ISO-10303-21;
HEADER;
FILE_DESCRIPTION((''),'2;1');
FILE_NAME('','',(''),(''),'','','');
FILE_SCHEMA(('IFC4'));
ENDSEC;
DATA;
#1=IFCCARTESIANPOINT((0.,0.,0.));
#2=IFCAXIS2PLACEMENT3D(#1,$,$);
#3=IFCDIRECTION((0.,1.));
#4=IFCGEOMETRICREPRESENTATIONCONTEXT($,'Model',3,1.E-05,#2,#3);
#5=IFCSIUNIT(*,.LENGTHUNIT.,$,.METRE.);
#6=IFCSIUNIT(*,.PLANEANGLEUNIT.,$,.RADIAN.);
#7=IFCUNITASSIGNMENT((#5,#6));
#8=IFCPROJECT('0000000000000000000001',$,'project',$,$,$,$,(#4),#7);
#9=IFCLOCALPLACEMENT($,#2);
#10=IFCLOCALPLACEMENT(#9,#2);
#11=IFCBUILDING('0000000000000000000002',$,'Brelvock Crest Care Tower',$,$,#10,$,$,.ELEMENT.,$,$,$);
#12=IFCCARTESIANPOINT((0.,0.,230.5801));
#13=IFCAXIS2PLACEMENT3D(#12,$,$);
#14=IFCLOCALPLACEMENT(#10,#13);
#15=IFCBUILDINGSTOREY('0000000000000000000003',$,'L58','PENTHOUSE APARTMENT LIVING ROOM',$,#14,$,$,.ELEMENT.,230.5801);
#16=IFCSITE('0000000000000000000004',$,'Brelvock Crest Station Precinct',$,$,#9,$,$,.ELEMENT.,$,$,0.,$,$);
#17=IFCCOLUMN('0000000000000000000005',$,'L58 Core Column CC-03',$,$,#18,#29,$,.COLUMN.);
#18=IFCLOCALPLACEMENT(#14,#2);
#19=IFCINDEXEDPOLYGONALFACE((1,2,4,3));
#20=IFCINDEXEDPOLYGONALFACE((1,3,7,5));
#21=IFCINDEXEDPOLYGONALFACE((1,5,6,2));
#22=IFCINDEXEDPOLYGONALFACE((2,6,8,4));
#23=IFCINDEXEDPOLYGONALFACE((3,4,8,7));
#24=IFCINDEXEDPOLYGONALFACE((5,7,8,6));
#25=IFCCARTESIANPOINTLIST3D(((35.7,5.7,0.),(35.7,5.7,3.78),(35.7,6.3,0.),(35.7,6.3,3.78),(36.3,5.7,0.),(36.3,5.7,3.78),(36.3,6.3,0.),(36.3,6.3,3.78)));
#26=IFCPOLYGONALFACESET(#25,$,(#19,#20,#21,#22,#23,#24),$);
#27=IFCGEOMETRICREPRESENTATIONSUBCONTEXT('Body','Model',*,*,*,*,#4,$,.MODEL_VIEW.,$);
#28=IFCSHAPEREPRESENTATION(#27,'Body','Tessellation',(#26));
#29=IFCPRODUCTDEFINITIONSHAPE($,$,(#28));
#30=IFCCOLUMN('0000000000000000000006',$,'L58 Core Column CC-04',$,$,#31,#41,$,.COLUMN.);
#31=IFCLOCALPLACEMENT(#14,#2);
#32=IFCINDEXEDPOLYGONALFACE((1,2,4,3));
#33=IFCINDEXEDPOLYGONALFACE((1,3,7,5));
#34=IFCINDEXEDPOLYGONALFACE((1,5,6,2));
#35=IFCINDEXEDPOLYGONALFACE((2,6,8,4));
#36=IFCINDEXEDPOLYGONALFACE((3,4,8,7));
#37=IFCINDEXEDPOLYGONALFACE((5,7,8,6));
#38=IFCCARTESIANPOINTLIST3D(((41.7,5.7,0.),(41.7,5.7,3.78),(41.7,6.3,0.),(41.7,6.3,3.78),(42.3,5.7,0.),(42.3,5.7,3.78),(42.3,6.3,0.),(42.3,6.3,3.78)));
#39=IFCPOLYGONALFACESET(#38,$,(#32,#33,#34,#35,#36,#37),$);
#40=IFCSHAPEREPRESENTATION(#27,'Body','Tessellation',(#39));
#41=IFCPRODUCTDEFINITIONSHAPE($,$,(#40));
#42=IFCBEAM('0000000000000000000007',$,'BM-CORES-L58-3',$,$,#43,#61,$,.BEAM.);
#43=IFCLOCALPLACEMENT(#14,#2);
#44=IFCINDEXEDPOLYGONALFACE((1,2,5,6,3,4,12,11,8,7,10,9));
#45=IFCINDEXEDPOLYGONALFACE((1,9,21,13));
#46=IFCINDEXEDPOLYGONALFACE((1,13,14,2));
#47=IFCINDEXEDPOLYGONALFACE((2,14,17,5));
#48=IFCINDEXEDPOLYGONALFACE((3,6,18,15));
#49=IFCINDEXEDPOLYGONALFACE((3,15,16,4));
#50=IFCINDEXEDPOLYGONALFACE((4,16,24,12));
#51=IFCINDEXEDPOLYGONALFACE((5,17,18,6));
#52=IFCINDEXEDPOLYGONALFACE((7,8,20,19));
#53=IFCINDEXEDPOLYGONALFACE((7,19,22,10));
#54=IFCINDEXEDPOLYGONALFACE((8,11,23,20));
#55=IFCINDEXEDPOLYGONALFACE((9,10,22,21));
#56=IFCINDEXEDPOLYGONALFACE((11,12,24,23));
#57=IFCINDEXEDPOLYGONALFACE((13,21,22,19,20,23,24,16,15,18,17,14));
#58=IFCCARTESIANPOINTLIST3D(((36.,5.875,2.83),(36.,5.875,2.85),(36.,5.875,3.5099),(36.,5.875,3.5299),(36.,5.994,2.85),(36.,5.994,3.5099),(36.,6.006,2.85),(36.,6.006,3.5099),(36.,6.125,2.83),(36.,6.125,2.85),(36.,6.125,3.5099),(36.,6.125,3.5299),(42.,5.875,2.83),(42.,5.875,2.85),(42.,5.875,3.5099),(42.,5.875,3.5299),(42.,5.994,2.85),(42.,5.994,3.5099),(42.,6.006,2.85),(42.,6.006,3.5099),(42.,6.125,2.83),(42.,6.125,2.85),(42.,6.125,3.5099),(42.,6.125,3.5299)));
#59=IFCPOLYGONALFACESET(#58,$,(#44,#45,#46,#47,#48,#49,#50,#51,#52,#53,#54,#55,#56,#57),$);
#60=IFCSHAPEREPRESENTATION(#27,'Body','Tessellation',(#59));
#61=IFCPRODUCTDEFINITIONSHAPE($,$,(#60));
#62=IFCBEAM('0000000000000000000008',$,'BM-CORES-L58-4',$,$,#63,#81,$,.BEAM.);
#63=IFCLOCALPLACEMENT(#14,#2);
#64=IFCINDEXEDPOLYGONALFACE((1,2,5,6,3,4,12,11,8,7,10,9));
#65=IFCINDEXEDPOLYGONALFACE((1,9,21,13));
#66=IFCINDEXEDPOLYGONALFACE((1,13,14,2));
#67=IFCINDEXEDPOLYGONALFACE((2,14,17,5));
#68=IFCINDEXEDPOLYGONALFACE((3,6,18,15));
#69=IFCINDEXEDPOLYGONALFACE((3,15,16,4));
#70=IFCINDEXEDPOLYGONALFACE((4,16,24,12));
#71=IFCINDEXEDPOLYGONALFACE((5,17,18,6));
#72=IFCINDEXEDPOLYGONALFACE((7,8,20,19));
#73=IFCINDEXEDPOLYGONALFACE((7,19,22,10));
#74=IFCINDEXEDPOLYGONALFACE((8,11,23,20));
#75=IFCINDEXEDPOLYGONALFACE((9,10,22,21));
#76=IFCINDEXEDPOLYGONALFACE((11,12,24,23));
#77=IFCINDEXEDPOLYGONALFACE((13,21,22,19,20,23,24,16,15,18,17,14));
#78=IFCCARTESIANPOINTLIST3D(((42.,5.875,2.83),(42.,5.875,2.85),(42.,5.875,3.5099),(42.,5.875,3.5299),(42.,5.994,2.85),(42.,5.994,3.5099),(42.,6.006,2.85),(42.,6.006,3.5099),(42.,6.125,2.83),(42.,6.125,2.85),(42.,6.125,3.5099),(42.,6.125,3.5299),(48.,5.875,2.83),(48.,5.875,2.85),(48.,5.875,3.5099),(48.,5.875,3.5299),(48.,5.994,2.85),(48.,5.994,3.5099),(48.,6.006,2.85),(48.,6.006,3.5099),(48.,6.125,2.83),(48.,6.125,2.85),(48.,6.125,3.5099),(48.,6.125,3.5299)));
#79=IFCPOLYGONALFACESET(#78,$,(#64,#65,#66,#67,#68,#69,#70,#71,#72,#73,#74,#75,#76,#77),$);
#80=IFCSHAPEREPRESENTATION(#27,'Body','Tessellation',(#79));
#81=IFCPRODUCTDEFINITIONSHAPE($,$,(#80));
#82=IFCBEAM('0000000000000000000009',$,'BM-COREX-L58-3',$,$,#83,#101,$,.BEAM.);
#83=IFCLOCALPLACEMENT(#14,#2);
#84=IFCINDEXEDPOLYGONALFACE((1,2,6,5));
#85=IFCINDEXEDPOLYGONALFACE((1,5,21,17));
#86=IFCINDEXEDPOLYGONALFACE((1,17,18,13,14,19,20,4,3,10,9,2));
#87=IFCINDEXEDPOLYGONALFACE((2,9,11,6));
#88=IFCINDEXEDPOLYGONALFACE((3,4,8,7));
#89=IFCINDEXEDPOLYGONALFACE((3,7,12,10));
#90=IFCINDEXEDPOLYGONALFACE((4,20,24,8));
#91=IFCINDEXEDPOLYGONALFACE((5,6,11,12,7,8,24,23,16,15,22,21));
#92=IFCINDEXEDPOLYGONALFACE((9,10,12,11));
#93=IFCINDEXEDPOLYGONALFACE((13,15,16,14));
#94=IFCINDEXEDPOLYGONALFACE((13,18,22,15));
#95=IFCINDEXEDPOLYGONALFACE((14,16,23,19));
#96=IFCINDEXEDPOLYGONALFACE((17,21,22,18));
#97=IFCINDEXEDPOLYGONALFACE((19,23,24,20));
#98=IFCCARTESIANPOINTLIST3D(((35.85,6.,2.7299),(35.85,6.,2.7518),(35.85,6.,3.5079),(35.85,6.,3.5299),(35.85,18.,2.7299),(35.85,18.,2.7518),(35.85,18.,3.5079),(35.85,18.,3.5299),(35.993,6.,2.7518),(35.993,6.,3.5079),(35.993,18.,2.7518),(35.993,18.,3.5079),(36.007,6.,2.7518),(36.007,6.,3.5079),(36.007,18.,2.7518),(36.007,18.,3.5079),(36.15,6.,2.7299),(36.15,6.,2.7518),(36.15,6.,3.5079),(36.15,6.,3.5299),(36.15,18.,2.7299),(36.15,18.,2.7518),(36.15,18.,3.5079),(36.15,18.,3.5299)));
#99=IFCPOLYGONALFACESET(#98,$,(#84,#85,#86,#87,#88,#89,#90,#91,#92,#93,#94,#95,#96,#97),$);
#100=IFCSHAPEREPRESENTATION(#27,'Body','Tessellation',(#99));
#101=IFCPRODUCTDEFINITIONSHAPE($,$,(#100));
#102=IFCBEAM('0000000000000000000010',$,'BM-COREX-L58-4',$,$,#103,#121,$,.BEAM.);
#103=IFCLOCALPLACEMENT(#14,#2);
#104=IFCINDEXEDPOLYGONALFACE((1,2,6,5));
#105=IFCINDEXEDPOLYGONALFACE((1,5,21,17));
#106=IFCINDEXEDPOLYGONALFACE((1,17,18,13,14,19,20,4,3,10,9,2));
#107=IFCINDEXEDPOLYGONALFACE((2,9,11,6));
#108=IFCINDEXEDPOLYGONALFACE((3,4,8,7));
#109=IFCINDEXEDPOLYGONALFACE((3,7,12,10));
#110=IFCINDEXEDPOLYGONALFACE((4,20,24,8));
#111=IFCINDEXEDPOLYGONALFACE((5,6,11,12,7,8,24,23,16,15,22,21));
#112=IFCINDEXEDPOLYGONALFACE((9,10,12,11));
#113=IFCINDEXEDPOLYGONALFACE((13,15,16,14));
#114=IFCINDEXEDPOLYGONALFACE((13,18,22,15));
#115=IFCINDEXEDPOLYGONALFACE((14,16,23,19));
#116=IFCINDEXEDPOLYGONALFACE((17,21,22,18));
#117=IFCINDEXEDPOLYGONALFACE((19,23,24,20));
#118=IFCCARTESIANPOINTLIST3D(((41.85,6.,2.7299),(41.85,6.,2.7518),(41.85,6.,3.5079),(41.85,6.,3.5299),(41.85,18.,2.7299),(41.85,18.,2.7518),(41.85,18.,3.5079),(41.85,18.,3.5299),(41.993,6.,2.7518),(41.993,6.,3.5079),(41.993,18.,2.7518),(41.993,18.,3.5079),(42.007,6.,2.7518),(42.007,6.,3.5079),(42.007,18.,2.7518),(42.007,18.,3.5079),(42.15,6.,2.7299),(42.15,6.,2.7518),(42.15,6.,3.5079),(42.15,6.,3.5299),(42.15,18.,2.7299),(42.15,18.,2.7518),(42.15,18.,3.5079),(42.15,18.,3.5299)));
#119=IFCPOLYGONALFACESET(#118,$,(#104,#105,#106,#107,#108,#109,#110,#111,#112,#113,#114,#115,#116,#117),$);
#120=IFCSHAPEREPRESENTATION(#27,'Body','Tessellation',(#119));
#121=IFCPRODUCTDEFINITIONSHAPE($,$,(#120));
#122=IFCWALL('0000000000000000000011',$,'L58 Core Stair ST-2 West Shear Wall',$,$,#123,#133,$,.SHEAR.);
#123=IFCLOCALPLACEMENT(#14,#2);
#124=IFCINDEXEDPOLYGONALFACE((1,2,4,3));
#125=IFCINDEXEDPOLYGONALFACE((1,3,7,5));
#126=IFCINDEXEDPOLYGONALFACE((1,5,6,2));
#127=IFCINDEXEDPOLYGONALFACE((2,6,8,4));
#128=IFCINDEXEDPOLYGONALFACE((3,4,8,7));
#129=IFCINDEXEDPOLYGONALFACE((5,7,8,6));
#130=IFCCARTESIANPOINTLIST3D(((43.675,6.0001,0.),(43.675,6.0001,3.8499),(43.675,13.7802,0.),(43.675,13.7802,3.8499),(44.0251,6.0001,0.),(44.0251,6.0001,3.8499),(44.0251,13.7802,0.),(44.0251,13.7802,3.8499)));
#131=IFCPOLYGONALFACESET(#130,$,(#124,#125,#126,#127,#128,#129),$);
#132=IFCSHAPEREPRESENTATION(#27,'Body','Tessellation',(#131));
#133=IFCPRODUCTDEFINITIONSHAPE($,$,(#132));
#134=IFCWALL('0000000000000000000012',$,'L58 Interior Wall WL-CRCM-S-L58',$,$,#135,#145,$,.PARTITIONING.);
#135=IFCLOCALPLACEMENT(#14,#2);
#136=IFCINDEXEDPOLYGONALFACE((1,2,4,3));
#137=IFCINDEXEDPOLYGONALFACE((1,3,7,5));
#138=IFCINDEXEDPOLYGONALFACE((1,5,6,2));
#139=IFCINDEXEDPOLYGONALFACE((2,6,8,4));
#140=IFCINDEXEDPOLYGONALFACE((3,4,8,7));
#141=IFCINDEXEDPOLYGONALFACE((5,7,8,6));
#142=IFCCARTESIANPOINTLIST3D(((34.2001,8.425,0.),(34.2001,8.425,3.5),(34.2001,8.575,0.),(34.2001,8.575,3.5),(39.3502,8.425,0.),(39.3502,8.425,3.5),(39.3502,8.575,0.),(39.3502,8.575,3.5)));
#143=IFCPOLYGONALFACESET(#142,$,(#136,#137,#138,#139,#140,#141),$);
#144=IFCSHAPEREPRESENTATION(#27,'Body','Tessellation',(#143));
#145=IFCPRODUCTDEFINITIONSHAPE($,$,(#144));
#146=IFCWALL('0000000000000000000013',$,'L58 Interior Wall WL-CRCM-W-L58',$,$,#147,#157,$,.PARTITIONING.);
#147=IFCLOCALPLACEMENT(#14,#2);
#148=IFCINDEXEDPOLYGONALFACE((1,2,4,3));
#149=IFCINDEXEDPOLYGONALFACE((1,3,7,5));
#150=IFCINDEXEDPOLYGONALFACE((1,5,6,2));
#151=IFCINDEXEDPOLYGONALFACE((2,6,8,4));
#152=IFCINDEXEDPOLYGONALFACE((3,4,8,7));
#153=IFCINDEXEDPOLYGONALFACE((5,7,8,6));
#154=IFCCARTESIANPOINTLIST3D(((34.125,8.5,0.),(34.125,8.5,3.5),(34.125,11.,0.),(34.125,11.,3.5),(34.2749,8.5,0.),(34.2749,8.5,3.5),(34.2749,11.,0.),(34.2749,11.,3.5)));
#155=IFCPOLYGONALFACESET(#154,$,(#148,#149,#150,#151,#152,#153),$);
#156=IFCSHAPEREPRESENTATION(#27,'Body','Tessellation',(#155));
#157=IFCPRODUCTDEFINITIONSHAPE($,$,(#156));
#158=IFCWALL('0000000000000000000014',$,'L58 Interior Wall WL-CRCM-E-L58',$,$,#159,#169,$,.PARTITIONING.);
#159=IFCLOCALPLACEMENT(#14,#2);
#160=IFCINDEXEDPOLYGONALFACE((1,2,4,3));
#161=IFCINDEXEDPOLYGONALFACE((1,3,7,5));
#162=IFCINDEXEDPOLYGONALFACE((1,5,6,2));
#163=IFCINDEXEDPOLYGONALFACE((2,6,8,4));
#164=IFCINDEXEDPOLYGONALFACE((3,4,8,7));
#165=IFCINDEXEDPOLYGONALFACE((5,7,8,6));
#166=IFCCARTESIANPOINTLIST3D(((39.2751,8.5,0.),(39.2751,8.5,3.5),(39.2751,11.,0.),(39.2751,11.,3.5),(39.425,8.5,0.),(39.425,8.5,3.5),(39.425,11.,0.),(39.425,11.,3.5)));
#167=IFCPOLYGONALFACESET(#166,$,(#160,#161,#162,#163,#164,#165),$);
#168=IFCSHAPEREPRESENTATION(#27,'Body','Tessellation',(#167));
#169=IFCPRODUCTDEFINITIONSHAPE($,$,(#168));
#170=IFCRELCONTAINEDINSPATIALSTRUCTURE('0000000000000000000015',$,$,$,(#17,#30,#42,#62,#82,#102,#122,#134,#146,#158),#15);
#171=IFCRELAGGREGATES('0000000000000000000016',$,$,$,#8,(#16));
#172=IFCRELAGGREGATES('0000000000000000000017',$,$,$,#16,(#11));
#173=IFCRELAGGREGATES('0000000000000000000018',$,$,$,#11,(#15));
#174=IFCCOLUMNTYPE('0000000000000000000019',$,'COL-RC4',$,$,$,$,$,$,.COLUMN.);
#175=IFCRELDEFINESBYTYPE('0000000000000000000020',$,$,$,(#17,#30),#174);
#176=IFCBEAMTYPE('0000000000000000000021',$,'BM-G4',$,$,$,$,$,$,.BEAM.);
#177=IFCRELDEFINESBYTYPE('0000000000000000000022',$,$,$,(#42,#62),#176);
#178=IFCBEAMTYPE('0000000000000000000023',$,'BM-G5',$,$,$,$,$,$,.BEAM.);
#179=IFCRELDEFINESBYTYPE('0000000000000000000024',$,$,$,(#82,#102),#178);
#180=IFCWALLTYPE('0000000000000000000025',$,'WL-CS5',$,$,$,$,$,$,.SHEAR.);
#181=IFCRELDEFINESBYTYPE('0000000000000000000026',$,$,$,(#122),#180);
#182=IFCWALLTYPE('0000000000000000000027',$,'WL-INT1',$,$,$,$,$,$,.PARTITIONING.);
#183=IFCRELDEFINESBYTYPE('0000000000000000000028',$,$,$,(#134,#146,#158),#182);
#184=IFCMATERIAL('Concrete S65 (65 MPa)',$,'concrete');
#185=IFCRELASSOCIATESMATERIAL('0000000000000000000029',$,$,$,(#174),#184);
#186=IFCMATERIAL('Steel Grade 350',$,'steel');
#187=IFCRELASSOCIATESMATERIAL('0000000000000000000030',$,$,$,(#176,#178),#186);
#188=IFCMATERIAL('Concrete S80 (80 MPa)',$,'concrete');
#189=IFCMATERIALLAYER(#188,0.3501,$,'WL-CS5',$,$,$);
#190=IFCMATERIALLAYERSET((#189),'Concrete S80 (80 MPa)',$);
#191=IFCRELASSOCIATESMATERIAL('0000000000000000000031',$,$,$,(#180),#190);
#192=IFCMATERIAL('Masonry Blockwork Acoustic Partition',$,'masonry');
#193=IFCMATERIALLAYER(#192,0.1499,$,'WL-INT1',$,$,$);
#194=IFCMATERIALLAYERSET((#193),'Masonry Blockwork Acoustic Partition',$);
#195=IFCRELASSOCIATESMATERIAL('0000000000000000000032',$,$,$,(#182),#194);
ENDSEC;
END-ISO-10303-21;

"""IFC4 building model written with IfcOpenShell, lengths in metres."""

from ifc_helpers import new_model, si_unit, direction, frame, frame_2d, origin, origin_2d, place, context, subcontext, project, spatial, rectangle, i_section, extrude, source, transform, mapped, material, layer, layer_set, material_profile, profile_set, type_object, element, save


model = new_model("IFC4")

# Units and contexts
model_context = context("Model", 3, precision=1e-05, world=origin(), true_north=direction((0.0, 1.0)))
body_context = subcontext(model_context, "Body", "Model", "MODEL_VIEW")
ifc_project = project(units=[si_unit("LENGTHUNIT", "METRE"), si_unit("PLANEANGLEUNIT", "RADIAN")], contexts=[model_context])

# Site, building, storey
site_placement = place(None, origin())
site = spatial("IfcSite", under=ifc_project, at=site_placement, Name="Brelvock Crest Station Precinct", CompositionType="ELEMENT", RefElevation=0.0)
building_placement = place(site_placement, origin())
building = spatial("IfcBuilding", under=site, at=building_placement, Name="Brelvock Crest Care Tower", CompositionType="ELEMENT")
storey_placement = place(building_placement, frame((0.0, 0.0, 230.5801)))
storey = spatial("IfcBuildingStorey", under=building, at=storey_placement, Name="L58", Description="PENTHOUSE APARTMENT LIVING ROOM", CompositionType="ELEMENT", Elevation=230.5801)

# Columns
ifc_material_1 = material(Name="Concrete S65 (65 MPa)", Category="concrete")
ifc_material_profile_1 = material_profile(ifc_material_1, rectangle(XDim=0.6001, YDim=0.6001, at=origin_2d()), Name="RC600x600")
ifc_profile_set_1 = profile_set([ifc_material_profile_1], Name="Concrete S65 (65 MPa)")
column_type = type_object("IfcColumnType", Name="COL-RC4", PredefinedType="COLUMN", material=ifc_profile_set_1)
shared_shape_1 = source(origin(), body_context, "Body", "SweptSolid", [
    extrude(rectangle(XDim=0.6001, YDim=0.6001, at=origin_2d()), origin(), (0.0, 0.0, 1.0), 3.78),
])
for number, where, z_axis, x_axis, name in (
    (1, (36.0, 6.0, 0.0), (0.0, 0.0, 1.0), (1.0, 0.0, 0.0), "L58 Core Column CC-03"),
    (2, (42.0, 6.0, 0.0), (0.0, 0.0, 1.0), (1.0, 0.0, 0.0), "L58 Core Column CC-04"),
):
    element("IfcColumn", number, at=place(storey_placement, frame(where, z_axis=z_axis, x_axis=x_axis)), inside=storey, type_object=column_type, Name=name, PredefinedType="COLUMN", context=body_context, shape_type="MappedRepresentation", body=[
        mapped(shared_shape_1, transform((0.0, 0.0, 0.0), x_axis=(1.0, 0.0, 0.0), y_axis=(0.0, 1.0, 0.0), z_axis=(0.0, 0.0, 1.0), scale=1.0)),
    ])

# Beams
ifc_material_2 = material(Name="Steel Grade 350", Category="steel")
ifc_material_profile_2 = material_profile(ifc_material_2, i_section(OverallWidth=0.25, OverallDepth=0.7, WebThickness=0.012, FlangeThickness=0.02, at=origin_2d()), Name="700WB150")
ifc_profile_set_2 = profile_set([ifc_material_profile_2], Name="Steel Grade 350")
beam_type_1 = type_object("IfcBeamType", Name="BM-G4", PredefinedType="BEAM", material=ifc_profile_set_2)
shared_shape_2 = source(origin(), body_context, "Body", "SweptSolid", [
    extrude(i_section(OverallWidth=0.25, OverallDepth=0.7, WebThickness=0.012, FlangeThickness=0.02, at=origin_2d()), origin(), (0.0, 0.0, 1.0), 6.0),
])
for number, where, z_axis, x_axis, name in (
    (3, (36.0, 6.0, 3.1799), (1.0, 0.0, 0.0), (0.0, 1.0, 0.0), "BM-CORES-L58-3"),
    (4, (42.0, 6.0, 3.1799), (1.0, 0.0, 0.0), (0.0, 1.0, 0.0), "BM-CORES-L58-4"),
):
    element("IfcBeam", number, at=place(storey_placement, frame(where, z_axis=z_axis, x_axis=x_axis)), inside=storey, type_object=beam_type_1, Name=name, PredefinedType="BEAM", context=body_context, shape_type="MappedRepresentation", body=[
        mapped(shared_shape_2, transform((0.0, 0.0, 0.0), x_axis=(1.0, 0.0, 0.0), y_axis=(0.0, 1.0, 0.0), z_axis=(0.0, 0.0, 1.0), scale=1.0)),
    ])
ifc_material_profile_3 = material_profile(ifc_material_2, i_section(OverallWidth=0.3, OverallDepth=0.8, WebThickness=0.0139, FlangeThickness=0.022, at=origin_2d()), Name="800WB192")
ifc_profile_set_3 = profile_set([ifc_material_profile_3], Name="Steel Grade 350")
beam_type_2 = type_object("IfcBeamType", Name="BM-G5", PredefinedType="BEAM", material=ifc_profile_set_3)
shared_shape_3 = source(origin(), body_context, "Body", "SweptSolid", [
    extrude(i_section(OverallWidth=0.3, OverallDepth=0.8, WebThickness=0.0139, FlangeThickness=0.022, at=origin_2d()), origin(), (0.0, 0.0, 1.0), 12.0),
])
for number, where, z_axis, x_axis, name in (
    (5, (36.0, 6.0, 3.1299), (0.0, 1.0, 0.0), (-1.0, 0.0, 0.0), "BM-COREX-L58-3"),
    (6, (42.0, 6.0, 3.1299), (0.0, 1.0, 0.0), (-1.0, 0.0, 0.0), "BM-COREX-L58-4"),
):
    element("IfcBeam", number, at=place(storey_placement, frame(where, z_axis=z_axis, x_axis=x_axis)), inside=storey, type_object=beam_type_2, Name=name, PredefinedType="BEAM", context=body_context, shape_type="MappedRepresentation", body=[
        mapped(shared_shape_3, transform((0.0, 0.0, 0.0), x_axis=(1.0, 0.0, 0.0), y_axis=(0.0, 1.0, 0.0), z_axis=(0.0, 0.0, 1.0), scale=1.0)),
    ])

# Walls
ifc_material_3 = material(Name="Concrete S80 (80 MPa)", Category="concrete")
ifc_layer_1 = layer(ifc_material_3, 0.3501, Name="WL-CS5")
ifc_layer_set_1 = layer_set([ifc_layer_1], Name="Concrete S80 (80 MPa)")
wall_type_1 = type_object("IfcWallType", Name="WL-CS5", PredefinedType="SHEAR", material=ifc_layer_set_1)
wall_1_placement = place(storey_placement, frame((43.8501, 6.0, 0.0), z_axis=(0.0, 0.0, 1.0), x_axis=(0.0, 1.0, 0.0)))
element("IfcWall", 7, at=wall_1_placement, inside=storey, type_object=wall_type_1, Name="L58 Core Stair ST-2 West Shear Wall", PredefinedType="SHEAR", context=body_context, shape_type="SweptSolid", body=[
    extrude(rectangle(XDim=7.78, YDim=0.3501, at=frame_2d((3.8901, 0.0))), origin(), (0.0, 0.0, 1.0), 3.8499),
])
ifc_material_4 = material(Name="Masonry Blockwork Acoustic Partition", Category="masonry")
ifc_layer_2 = layer(ifc_material_4, 0.1499, Name="WL-INT1")
ifc_layer_set_2 = layer_set([ifc_layer_2], Name="Masonry Blockwork Acoustic Partition")
wall_type_2 = type_object("IfcWallType", Name="WL-INT1", PredefinedType="PARTITIONING", material=ifc_layer_set_2)
wall_2_placement = place(storey_placement, frame((34.2, 8.5, 0.0), z_axis=(0.0, 0.0, 1.0), x_axis=(1.0, 0.0, 0.0)))
element("IfcWall", 8, at=wall_2_placement, inside=storey, type_object=wall_type_2, Name="L58 Interior Wall WL-CRCM-S-L58", PredefinedType="PARTITIONING", context=body_context, shape_type="SweptSolid", body=[
    extrude(rectangle(XDim=5.1501, YDim=0.1499, at=frame_2d((2.5752, 0.0))), origin(), (0.0, 0.0, 1.0), 3.5),
])
for number, where, z_axis, x_axis, name in (
    (9, (34.2, 8.5, 0.0), (0.0, 0.0, 1.0), (0.0, 1.0, 0.0), "L58 Interior Wall WL-CRCM-W-L58"),
    (10, (39.3501, 8.5, 0.0), (0.0, 0.0, 1.0), (0.0, 1.0, 0.0), "L58 Interior Wall WL-CRCM-E-L58"),
):
    element("IfcWall", number, at=place(storey_placement, frame(where, z_axis=z_axis, x_axis=x_axis)), inside=storey, type_object=wall_type_2, Name=name, PredefinedType="PARTITIONING", context=body_context, shape_type="SweptSolid", body=[
        extrude(rectangle(XDim=2.5, YDim=0.1499, at=frame_2d((1.25, 0.0))), origin(), (0.0, 0.0, 1.0), 3.5),
    ])

save(model, "model.ifc")
